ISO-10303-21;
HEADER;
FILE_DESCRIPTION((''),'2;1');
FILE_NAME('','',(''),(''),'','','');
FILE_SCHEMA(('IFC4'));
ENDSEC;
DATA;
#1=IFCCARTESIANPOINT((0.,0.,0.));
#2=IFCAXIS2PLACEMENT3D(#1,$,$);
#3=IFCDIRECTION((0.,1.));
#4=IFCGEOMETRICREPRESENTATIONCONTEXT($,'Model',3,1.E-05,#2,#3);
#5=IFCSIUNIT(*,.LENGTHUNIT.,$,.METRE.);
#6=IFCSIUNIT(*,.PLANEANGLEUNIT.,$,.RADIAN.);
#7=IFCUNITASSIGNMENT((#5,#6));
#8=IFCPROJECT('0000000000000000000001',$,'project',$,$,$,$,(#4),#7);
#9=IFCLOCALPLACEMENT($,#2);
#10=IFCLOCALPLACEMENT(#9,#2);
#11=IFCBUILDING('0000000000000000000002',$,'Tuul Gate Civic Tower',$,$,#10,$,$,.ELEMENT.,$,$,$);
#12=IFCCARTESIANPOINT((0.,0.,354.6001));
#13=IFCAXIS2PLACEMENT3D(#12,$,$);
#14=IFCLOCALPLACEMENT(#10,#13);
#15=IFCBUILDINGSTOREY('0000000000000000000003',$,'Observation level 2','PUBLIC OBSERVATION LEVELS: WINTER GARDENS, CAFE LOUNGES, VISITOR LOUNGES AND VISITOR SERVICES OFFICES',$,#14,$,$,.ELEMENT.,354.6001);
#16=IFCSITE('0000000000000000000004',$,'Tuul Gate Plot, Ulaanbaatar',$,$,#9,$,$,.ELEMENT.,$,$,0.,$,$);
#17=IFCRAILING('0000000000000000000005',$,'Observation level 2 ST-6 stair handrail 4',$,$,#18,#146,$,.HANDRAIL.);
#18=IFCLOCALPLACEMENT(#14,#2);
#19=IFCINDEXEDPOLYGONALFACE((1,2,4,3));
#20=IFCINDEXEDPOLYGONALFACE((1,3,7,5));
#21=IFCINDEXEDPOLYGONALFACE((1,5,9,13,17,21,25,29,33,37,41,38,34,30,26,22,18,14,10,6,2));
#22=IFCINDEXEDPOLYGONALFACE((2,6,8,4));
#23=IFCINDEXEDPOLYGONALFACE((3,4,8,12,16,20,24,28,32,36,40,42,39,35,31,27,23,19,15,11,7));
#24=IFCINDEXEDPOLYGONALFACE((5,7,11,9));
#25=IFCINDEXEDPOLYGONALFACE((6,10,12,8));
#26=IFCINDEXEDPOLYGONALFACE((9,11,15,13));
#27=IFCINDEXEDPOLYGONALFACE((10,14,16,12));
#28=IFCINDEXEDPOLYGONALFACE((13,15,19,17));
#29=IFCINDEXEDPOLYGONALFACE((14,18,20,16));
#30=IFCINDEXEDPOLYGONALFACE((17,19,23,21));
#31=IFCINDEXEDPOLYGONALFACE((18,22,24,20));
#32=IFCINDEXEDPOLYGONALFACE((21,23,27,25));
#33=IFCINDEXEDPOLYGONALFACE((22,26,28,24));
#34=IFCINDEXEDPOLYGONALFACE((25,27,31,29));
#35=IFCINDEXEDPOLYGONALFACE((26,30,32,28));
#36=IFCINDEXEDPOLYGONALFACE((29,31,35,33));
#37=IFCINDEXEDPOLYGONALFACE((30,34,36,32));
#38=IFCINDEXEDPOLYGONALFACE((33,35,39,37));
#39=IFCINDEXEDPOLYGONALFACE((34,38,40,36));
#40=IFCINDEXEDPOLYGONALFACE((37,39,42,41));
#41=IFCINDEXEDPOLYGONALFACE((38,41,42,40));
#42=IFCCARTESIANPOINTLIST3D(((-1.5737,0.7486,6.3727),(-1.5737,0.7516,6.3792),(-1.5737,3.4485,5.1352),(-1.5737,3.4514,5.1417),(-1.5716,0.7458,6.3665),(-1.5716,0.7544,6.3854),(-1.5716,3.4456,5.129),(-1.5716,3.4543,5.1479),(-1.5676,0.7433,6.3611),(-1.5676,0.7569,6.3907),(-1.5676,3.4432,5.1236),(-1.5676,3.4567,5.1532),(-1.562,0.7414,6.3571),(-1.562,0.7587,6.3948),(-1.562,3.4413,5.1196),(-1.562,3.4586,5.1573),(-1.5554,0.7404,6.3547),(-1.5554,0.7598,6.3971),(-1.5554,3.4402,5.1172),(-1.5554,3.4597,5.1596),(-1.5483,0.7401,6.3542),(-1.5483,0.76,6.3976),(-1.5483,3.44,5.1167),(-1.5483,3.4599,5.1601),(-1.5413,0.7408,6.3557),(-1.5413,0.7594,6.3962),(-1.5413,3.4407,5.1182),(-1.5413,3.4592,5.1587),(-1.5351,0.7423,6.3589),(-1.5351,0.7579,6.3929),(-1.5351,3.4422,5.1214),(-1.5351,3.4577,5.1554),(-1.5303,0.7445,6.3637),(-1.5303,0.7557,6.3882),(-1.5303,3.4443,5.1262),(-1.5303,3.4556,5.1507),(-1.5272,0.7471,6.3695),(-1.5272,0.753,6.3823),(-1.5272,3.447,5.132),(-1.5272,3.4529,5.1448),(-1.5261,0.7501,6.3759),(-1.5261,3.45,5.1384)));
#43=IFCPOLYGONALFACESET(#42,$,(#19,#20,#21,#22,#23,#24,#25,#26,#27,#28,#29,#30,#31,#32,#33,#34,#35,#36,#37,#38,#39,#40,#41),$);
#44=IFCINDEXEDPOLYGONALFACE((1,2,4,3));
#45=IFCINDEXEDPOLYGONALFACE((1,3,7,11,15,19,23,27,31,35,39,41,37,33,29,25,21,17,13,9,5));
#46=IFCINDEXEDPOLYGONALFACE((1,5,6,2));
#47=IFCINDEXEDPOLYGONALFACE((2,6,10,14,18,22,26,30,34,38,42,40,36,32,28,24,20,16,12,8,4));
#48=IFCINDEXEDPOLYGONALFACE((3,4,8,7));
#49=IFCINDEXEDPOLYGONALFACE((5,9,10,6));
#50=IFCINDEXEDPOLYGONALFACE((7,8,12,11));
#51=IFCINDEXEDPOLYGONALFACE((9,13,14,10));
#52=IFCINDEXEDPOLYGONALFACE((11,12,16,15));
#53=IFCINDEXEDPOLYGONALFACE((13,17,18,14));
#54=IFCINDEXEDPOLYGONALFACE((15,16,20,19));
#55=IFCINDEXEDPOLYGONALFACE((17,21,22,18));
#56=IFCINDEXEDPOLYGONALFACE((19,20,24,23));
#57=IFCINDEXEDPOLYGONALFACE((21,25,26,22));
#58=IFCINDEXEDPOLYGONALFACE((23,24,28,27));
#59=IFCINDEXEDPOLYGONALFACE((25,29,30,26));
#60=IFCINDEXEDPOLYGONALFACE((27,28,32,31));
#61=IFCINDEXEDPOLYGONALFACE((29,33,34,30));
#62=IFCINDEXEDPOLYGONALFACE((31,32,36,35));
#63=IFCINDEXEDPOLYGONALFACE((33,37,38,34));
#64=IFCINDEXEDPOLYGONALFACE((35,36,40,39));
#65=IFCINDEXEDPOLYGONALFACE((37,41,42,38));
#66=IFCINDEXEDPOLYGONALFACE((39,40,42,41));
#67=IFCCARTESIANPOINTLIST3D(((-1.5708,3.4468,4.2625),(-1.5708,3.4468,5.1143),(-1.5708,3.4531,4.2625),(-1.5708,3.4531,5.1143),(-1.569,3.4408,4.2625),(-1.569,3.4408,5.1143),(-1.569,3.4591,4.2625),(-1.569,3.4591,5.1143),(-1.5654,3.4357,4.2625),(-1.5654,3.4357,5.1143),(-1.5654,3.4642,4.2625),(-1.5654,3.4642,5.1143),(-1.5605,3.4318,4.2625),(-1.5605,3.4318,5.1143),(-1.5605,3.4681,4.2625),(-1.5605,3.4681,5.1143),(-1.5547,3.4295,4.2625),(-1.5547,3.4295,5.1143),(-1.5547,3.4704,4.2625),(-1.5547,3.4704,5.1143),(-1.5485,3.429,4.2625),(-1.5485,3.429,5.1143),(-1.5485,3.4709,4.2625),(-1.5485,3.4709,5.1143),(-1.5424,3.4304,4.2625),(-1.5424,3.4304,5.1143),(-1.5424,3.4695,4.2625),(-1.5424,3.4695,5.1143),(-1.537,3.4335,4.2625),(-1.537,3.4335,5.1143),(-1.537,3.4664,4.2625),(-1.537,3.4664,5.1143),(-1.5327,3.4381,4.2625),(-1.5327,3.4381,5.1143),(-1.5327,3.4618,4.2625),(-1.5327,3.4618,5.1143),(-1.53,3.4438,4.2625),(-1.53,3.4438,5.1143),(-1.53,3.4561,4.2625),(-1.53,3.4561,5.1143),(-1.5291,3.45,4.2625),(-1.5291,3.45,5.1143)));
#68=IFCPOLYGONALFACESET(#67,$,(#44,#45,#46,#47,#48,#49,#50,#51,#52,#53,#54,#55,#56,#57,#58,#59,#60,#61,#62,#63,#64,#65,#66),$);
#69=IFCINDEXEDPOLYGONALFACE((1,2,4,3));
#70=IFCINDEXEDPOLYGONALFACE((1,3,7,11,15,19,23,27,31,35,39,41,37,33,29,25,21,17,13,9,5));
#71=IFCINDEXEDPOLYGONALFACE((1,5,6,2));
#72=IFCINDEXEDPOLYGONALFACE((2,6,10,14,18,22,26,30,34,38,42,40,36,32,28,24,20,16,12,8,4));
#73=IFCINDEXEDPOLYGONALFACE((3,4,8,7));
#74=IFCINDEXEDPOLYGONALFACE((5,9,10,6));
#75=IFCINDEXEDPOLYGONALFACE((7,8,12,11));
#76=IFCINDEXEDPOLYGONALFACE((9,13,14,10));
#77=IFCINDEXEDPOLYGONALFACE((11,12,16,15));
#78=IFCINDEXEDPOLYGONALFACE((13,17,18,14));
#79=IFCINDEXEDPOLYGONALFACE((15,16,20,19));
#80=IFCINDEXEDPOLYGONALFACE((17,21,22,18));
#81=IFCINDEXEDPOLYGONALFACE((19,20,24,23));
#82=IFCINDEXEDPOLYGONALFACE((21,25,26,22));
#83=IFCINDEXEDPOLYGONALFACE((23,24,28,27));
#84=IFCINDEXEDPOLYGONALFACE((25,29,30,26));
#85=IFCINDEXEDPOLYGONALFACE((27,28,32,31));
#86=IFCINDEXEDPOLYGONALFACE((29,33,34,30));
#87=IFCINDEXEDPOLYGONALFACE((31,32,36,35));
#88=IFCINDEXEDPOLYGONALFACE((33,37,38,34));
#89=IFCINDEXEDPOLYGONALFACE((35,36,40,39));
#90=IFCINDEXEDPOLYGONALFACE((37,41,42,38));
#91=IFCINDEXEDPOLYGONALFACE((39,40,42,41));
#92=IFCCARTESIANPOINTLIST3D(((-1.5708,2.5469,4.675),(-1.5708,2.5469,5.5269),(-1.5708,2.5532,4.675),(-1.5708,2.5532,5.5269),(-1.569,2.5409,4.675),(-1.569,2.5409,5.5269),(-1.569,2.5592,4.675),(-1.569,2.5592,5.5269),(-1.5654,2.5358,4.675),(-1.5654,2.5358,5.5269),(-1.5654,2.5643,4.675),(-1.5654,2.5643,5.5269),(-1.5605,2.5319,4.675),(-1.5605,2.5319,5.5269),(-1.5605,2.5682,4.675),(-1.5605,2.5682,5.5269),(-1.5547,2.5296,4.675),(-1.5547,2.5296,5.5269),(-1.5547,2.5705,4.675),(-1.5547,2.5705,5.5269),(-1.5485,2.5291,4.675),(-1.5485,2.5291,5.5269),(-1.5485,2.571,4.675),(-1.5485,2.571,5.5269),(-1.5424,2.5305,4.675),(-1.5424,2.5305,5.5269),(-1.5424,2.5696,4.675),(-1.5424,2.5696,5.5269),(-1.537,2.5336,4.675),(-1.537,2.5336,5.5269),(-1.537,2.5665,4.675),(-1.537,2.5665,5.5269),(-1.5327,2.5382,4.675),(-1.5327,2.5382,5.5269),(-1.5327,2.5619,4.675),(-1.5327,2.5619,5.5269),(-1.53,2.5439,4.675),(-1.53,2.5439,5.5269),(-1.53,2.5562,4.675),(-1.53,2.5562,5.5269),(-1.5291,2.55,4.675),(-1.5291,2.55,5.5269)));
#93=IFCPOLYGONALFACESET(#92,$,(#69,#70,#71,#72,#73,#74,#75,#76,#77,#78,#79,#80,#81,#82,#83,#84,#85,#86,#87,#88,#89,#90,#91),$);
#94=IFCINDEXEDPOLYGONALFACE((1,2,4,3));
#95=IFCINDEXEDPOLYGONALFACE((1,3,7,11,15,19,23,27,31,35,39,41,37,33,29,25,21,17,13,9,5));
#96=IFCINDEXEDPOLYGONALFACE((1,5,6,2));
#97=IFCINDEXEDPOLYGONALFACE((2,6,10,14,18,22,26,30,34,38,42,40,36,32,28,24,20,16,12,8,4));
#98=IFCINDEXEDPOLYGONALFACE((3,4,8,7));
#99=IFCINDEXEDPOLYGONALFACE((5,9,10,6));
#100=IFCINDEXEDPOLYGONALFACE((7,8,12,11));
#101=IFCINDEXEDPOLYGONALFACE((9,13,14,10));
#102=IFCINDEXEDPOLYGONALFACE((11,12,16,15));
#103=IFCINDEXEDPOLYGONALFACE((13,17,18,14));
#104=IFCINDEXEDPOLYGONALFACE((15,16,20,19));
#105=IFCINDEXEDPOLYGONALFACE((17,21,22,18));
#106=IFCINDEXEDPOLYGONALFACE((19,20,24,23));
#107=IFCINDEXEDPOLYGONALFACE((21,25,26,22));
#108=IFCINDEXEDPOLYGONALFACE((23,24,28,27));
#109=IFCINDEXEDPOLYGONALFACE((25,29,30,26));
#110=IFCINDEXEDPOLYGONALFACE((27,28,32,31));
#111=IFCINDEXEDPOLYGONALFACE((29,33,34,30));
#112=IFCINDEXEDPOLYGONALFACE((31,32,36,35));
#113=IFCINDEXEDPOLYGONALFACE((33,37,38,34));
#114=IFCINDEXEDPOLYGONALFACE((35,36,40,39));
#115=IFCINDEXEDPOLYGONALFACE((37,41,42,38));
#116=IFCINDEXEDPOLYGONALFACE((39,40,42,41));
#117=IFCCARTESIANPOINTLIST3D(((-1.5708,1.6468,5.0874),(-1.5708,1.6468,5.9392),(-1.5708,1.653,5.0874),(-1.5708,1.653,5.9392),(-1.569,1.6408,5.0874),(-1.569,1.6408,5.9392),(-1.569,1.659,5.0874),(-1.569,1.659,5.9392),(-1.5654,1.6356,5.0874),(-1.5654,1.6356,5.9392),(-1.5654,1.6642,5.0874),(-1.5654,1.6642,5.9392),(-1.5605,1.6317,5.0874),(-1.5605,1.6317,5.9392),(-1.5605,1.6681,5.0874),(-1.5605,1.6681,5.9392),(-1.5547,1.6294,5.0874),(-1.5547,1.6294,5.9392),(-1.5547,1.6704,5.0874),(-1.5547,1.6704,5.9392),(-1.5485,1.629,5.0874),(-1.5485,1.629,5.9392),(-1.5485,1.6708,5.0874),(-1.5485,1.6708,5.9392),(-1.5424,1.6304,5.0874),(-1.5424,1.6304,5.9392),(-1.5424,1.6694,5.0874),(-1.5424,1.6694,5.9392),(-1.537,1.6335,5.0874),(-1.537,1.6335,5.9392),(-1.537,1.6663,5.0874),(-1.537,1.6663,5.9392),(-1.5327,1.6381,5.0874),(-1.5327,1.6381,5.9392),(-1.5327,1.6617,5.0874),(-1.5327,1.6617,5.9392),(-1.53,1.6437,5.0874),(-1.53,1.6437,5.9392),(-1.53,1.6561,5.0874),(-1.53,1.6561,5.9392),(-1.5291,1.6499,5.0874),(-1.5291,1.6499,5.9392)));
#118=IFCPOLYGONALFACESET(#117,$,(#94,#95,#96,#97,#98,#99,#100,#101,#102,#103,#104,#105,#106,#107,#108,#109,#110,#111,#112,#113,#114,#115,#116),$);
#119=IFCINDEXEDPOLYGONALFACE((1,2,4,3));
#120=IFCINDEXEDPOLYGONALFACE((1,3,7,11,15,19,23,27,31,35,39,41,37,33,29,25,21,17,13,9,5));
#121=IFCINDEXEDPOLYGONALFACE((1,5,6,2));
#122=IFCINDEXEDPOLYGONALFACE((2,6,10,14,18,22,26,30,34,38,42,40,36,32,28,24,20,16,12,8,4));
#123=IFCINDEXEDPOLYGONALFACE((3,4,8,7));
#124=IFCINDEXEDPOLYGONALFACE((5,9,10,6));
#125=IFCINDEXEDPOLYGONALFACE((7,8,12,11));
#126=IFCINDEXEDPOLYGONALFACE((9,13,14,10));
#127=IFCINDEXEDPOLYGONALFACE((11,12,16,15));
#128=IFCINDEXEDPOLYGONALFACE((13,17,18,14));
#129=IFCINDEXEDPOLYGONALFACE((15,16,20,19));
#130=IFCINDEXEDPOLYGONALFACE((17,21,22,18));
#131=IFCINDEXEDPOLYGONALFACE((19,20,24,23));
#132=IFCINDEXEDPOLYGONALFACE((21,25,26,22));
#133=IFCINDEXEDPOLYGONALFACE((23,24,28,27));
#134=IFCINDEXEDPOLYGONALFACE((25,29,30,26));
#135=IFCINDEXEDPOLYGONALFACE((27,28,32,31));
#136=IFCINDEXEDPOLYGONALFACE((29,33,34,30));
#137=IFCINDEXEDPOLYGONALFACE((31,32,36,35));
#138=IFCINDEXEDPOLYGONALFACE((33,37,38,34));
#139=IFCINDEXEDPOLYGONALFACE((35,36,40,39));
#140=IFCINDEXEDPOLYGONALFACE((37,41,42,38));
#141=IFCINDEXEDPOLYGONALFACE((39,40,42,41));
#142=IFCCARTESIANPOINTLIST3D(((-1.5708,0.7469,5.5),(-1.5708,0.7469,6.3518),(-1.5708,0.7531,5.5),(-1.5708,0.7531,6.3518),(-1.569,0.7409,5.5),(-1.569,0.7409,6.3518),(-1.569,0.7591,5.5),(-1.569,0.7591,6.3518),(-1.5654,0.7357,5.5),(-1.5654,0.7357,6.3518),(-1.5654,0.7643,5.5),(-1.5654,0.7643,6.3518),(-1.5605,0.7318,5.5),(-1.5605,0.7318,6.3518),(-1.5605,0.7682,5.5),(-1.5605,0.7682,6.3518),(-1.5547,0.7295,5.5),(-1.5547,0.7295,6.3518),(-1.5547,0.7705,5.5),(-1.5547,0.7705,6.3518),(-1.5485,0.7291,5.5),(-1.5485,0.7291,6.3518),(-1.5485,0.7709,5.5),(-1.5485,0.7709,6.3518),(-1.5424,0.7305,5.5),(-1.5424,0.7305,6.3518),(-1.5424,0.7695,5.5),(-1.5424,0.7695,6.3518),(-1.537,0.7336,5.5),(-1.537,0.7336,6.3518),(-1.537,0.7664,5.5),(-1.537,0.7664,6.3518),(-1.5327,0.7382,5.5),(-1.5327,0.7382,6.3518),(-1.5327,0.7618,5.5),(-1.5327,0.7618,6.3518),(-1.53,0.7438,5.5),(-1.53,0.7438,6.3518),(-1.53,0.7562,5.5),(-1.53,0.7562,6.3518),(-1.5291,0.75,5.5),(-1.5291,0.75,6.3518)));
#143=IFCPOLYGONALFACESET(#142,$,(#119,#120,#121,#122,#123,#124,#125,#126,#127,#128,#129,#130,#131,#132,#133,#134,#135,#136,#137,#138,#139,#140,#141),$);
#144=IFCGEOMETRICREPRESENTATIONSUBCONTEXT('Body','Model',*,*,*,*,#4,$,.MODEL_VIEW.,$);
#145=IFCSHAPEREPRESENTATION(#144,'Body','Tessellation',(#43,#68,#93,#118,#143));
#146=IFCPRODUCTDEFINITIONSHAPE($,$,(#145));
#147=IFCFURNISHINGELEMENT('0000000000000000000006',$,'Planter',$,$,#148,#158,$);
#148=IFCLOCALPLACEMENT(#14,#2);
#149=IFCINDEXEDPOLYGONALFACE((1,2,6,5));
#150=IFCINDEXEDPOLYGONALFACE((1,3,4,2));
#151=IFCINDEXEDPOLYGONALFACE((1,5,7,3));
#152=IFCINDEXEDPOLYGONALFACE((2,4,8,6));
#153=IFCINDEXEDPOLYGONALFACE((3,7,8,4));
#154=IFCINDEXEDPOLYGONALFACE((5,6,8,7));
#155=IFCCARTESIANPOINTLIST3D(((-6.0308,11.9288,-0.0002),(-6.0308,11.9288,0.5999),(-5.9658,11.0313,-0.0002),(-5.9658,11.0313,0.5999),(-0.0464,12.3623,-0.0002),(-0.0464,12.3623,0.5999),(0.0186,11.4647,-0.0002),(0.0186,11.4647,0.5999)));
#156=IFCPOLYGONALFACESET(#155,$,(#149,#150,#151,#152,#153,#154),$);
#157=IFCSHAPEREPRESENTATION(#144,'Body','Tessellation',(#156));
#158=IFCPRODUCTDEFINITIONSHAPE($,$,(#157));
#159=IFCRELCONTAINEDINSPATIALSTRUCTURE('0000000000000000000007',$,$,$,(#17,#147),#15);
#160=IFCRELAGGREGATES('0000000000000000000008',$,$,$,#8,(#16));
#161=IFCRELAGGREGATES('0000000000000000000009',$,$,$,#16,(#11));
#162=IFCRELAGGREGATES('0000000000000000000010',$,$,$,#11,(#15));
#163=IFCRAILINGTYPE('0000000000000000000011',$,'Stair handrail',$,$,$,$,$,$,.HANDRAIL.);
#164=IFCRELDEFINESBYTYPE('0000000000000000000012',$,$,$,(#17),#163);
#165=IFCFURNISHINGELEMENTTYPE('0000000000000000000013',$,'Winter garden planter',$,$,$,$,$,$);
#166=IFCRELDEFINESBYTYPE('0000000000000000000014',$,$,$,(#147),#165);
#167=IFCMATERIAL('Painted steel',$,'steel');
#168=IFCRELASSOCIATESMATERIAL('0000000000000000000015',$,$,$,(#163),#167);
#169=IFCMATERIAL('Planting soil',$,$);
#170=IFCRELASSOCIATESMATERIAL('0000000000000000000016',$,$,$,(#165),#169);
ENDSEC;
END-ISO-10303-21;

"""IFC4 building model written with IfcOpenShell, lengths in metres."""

from ifc_helpers import new_model, si_unit, direction, frame, origin, origin_2d, place, context, subcontext, project, spatial, rectangle, circle, extrude, material, type_object, element, save


model = new_model("IFC4")

# Units and contexts
model_context = context("Model", 3, precision=1e-05, world=origin(), true_north=direction((0.0, 1.0)))
body_context = subcontext(model_context, "Body", "Model", "MODEL_VIEW")
ifc_project = project(units=[si_unit("LENGTHUNIT", "METRE"), si_unit("PLANEANGLEUNIT", "RADIAN")], contexts=[model_context])

# Site, building, storey
site_placement = place(None, origin())
site = spatial("IfcSite", under=ifc_project, at=site_placement, Name="Tuul Gate Plot, Ulaanbaatar", CompositionType="ELEMENT", RefElevation=0.0)
building_placement = place(site_placement, origin())
building = spatial("IfcBuilding", under=site, at=building_placement, Name="Tuul Gate Civic Tower", CompositionType="ELEMENT")
storey_placement = place(building_placement, frame((0.0, 0.0, 354.6001)))
storey = spatial("IfcBuildingStorey", under=building, at=storey_placement, Name="Observation level 2", Description="PUBLIC OBSERVATION LEVELS: WINTER GARDENS, CAFE LOUNGES, VISITOR LOUNGES AND VISITOR SERVICES OFFICES", CompositionType="ELEMENT", Elevation=354.6001)

# Railing
ifc_material_1 = material(Name="Painted steel", Category="steel")
railing_type = type_object("IfcRailingType", Name="Stair handrail", PredefinedType="HANDRAIL", material=ifc_material_1)
railing_placement = place(storey_placement, frame((-1.55, 3.45, 4.2625)))
element("IfcRailing", 1, at=railing_placement, inside=storey, type_object=railing_type, Name="Observation level 2 ST-6 stair handrail 4", PredefinedType="HANDRAIL", context=body_context, shape_type="SweptSolid", body=[
    extrude(circle(Radius=0.0239, at=origin_2d()), frame((0.0, 0.0, 0.876), z_axis=(0.0, -0.909056, 0.416675), x_axis=(1.0, 0.0, 0.0)), (0.0, 0.0, 1.0), 2.97),
    extrude(circle(Radius=0.021, at=origin_2d()), origin(), (0.0, 0.0, 1.0), 0.8518),
    extrude(circle(Radius=0.021, at=origin_2d()), frame((0.0, -0.8999, 0.4126)), (0.0, 0.0, 1.0), 0.8518),
    extrude(circle(Radius=0.021, at=origin_2d()), frame((0.0, -1.8, 0.825)), (0.0, 0.0, 1.0), 0.8518),
    extrude(circle(Radius=0.021, at=origin_2d()), frame((0.0, -2.7, 1.2375)), (0.0, 0.0, 1.0), 0.8518),
])

# Furnishing element
ifc_material_2 = material(Name="Planting soil")
furnishing_element_type = type_object("IfcFurnishingElementType", Name="Winter garden planter", material=ifc_material_2)
furnishing_placement = place(storey_placement, frame((-3.0061, 11.6968, -0.0002), z_axis=(0.0, 0.0, 1.0), x_axis=(-0.997387, -0.072239, 0.0)))
element("IfcFurnishingElement", 2, at=furnishing_placement, inside=storey, type_object=furnishing_element_type, Name="Planter", context=body_context, shape_type="SweptSolid", body=[
    extrude(rectangle(XDim=6.0, YDim=0.8999, at=origin_2d()), origin(), (0.0, 0.0, 1.0), 0.6001),
])

save(model, "model.ifc")
